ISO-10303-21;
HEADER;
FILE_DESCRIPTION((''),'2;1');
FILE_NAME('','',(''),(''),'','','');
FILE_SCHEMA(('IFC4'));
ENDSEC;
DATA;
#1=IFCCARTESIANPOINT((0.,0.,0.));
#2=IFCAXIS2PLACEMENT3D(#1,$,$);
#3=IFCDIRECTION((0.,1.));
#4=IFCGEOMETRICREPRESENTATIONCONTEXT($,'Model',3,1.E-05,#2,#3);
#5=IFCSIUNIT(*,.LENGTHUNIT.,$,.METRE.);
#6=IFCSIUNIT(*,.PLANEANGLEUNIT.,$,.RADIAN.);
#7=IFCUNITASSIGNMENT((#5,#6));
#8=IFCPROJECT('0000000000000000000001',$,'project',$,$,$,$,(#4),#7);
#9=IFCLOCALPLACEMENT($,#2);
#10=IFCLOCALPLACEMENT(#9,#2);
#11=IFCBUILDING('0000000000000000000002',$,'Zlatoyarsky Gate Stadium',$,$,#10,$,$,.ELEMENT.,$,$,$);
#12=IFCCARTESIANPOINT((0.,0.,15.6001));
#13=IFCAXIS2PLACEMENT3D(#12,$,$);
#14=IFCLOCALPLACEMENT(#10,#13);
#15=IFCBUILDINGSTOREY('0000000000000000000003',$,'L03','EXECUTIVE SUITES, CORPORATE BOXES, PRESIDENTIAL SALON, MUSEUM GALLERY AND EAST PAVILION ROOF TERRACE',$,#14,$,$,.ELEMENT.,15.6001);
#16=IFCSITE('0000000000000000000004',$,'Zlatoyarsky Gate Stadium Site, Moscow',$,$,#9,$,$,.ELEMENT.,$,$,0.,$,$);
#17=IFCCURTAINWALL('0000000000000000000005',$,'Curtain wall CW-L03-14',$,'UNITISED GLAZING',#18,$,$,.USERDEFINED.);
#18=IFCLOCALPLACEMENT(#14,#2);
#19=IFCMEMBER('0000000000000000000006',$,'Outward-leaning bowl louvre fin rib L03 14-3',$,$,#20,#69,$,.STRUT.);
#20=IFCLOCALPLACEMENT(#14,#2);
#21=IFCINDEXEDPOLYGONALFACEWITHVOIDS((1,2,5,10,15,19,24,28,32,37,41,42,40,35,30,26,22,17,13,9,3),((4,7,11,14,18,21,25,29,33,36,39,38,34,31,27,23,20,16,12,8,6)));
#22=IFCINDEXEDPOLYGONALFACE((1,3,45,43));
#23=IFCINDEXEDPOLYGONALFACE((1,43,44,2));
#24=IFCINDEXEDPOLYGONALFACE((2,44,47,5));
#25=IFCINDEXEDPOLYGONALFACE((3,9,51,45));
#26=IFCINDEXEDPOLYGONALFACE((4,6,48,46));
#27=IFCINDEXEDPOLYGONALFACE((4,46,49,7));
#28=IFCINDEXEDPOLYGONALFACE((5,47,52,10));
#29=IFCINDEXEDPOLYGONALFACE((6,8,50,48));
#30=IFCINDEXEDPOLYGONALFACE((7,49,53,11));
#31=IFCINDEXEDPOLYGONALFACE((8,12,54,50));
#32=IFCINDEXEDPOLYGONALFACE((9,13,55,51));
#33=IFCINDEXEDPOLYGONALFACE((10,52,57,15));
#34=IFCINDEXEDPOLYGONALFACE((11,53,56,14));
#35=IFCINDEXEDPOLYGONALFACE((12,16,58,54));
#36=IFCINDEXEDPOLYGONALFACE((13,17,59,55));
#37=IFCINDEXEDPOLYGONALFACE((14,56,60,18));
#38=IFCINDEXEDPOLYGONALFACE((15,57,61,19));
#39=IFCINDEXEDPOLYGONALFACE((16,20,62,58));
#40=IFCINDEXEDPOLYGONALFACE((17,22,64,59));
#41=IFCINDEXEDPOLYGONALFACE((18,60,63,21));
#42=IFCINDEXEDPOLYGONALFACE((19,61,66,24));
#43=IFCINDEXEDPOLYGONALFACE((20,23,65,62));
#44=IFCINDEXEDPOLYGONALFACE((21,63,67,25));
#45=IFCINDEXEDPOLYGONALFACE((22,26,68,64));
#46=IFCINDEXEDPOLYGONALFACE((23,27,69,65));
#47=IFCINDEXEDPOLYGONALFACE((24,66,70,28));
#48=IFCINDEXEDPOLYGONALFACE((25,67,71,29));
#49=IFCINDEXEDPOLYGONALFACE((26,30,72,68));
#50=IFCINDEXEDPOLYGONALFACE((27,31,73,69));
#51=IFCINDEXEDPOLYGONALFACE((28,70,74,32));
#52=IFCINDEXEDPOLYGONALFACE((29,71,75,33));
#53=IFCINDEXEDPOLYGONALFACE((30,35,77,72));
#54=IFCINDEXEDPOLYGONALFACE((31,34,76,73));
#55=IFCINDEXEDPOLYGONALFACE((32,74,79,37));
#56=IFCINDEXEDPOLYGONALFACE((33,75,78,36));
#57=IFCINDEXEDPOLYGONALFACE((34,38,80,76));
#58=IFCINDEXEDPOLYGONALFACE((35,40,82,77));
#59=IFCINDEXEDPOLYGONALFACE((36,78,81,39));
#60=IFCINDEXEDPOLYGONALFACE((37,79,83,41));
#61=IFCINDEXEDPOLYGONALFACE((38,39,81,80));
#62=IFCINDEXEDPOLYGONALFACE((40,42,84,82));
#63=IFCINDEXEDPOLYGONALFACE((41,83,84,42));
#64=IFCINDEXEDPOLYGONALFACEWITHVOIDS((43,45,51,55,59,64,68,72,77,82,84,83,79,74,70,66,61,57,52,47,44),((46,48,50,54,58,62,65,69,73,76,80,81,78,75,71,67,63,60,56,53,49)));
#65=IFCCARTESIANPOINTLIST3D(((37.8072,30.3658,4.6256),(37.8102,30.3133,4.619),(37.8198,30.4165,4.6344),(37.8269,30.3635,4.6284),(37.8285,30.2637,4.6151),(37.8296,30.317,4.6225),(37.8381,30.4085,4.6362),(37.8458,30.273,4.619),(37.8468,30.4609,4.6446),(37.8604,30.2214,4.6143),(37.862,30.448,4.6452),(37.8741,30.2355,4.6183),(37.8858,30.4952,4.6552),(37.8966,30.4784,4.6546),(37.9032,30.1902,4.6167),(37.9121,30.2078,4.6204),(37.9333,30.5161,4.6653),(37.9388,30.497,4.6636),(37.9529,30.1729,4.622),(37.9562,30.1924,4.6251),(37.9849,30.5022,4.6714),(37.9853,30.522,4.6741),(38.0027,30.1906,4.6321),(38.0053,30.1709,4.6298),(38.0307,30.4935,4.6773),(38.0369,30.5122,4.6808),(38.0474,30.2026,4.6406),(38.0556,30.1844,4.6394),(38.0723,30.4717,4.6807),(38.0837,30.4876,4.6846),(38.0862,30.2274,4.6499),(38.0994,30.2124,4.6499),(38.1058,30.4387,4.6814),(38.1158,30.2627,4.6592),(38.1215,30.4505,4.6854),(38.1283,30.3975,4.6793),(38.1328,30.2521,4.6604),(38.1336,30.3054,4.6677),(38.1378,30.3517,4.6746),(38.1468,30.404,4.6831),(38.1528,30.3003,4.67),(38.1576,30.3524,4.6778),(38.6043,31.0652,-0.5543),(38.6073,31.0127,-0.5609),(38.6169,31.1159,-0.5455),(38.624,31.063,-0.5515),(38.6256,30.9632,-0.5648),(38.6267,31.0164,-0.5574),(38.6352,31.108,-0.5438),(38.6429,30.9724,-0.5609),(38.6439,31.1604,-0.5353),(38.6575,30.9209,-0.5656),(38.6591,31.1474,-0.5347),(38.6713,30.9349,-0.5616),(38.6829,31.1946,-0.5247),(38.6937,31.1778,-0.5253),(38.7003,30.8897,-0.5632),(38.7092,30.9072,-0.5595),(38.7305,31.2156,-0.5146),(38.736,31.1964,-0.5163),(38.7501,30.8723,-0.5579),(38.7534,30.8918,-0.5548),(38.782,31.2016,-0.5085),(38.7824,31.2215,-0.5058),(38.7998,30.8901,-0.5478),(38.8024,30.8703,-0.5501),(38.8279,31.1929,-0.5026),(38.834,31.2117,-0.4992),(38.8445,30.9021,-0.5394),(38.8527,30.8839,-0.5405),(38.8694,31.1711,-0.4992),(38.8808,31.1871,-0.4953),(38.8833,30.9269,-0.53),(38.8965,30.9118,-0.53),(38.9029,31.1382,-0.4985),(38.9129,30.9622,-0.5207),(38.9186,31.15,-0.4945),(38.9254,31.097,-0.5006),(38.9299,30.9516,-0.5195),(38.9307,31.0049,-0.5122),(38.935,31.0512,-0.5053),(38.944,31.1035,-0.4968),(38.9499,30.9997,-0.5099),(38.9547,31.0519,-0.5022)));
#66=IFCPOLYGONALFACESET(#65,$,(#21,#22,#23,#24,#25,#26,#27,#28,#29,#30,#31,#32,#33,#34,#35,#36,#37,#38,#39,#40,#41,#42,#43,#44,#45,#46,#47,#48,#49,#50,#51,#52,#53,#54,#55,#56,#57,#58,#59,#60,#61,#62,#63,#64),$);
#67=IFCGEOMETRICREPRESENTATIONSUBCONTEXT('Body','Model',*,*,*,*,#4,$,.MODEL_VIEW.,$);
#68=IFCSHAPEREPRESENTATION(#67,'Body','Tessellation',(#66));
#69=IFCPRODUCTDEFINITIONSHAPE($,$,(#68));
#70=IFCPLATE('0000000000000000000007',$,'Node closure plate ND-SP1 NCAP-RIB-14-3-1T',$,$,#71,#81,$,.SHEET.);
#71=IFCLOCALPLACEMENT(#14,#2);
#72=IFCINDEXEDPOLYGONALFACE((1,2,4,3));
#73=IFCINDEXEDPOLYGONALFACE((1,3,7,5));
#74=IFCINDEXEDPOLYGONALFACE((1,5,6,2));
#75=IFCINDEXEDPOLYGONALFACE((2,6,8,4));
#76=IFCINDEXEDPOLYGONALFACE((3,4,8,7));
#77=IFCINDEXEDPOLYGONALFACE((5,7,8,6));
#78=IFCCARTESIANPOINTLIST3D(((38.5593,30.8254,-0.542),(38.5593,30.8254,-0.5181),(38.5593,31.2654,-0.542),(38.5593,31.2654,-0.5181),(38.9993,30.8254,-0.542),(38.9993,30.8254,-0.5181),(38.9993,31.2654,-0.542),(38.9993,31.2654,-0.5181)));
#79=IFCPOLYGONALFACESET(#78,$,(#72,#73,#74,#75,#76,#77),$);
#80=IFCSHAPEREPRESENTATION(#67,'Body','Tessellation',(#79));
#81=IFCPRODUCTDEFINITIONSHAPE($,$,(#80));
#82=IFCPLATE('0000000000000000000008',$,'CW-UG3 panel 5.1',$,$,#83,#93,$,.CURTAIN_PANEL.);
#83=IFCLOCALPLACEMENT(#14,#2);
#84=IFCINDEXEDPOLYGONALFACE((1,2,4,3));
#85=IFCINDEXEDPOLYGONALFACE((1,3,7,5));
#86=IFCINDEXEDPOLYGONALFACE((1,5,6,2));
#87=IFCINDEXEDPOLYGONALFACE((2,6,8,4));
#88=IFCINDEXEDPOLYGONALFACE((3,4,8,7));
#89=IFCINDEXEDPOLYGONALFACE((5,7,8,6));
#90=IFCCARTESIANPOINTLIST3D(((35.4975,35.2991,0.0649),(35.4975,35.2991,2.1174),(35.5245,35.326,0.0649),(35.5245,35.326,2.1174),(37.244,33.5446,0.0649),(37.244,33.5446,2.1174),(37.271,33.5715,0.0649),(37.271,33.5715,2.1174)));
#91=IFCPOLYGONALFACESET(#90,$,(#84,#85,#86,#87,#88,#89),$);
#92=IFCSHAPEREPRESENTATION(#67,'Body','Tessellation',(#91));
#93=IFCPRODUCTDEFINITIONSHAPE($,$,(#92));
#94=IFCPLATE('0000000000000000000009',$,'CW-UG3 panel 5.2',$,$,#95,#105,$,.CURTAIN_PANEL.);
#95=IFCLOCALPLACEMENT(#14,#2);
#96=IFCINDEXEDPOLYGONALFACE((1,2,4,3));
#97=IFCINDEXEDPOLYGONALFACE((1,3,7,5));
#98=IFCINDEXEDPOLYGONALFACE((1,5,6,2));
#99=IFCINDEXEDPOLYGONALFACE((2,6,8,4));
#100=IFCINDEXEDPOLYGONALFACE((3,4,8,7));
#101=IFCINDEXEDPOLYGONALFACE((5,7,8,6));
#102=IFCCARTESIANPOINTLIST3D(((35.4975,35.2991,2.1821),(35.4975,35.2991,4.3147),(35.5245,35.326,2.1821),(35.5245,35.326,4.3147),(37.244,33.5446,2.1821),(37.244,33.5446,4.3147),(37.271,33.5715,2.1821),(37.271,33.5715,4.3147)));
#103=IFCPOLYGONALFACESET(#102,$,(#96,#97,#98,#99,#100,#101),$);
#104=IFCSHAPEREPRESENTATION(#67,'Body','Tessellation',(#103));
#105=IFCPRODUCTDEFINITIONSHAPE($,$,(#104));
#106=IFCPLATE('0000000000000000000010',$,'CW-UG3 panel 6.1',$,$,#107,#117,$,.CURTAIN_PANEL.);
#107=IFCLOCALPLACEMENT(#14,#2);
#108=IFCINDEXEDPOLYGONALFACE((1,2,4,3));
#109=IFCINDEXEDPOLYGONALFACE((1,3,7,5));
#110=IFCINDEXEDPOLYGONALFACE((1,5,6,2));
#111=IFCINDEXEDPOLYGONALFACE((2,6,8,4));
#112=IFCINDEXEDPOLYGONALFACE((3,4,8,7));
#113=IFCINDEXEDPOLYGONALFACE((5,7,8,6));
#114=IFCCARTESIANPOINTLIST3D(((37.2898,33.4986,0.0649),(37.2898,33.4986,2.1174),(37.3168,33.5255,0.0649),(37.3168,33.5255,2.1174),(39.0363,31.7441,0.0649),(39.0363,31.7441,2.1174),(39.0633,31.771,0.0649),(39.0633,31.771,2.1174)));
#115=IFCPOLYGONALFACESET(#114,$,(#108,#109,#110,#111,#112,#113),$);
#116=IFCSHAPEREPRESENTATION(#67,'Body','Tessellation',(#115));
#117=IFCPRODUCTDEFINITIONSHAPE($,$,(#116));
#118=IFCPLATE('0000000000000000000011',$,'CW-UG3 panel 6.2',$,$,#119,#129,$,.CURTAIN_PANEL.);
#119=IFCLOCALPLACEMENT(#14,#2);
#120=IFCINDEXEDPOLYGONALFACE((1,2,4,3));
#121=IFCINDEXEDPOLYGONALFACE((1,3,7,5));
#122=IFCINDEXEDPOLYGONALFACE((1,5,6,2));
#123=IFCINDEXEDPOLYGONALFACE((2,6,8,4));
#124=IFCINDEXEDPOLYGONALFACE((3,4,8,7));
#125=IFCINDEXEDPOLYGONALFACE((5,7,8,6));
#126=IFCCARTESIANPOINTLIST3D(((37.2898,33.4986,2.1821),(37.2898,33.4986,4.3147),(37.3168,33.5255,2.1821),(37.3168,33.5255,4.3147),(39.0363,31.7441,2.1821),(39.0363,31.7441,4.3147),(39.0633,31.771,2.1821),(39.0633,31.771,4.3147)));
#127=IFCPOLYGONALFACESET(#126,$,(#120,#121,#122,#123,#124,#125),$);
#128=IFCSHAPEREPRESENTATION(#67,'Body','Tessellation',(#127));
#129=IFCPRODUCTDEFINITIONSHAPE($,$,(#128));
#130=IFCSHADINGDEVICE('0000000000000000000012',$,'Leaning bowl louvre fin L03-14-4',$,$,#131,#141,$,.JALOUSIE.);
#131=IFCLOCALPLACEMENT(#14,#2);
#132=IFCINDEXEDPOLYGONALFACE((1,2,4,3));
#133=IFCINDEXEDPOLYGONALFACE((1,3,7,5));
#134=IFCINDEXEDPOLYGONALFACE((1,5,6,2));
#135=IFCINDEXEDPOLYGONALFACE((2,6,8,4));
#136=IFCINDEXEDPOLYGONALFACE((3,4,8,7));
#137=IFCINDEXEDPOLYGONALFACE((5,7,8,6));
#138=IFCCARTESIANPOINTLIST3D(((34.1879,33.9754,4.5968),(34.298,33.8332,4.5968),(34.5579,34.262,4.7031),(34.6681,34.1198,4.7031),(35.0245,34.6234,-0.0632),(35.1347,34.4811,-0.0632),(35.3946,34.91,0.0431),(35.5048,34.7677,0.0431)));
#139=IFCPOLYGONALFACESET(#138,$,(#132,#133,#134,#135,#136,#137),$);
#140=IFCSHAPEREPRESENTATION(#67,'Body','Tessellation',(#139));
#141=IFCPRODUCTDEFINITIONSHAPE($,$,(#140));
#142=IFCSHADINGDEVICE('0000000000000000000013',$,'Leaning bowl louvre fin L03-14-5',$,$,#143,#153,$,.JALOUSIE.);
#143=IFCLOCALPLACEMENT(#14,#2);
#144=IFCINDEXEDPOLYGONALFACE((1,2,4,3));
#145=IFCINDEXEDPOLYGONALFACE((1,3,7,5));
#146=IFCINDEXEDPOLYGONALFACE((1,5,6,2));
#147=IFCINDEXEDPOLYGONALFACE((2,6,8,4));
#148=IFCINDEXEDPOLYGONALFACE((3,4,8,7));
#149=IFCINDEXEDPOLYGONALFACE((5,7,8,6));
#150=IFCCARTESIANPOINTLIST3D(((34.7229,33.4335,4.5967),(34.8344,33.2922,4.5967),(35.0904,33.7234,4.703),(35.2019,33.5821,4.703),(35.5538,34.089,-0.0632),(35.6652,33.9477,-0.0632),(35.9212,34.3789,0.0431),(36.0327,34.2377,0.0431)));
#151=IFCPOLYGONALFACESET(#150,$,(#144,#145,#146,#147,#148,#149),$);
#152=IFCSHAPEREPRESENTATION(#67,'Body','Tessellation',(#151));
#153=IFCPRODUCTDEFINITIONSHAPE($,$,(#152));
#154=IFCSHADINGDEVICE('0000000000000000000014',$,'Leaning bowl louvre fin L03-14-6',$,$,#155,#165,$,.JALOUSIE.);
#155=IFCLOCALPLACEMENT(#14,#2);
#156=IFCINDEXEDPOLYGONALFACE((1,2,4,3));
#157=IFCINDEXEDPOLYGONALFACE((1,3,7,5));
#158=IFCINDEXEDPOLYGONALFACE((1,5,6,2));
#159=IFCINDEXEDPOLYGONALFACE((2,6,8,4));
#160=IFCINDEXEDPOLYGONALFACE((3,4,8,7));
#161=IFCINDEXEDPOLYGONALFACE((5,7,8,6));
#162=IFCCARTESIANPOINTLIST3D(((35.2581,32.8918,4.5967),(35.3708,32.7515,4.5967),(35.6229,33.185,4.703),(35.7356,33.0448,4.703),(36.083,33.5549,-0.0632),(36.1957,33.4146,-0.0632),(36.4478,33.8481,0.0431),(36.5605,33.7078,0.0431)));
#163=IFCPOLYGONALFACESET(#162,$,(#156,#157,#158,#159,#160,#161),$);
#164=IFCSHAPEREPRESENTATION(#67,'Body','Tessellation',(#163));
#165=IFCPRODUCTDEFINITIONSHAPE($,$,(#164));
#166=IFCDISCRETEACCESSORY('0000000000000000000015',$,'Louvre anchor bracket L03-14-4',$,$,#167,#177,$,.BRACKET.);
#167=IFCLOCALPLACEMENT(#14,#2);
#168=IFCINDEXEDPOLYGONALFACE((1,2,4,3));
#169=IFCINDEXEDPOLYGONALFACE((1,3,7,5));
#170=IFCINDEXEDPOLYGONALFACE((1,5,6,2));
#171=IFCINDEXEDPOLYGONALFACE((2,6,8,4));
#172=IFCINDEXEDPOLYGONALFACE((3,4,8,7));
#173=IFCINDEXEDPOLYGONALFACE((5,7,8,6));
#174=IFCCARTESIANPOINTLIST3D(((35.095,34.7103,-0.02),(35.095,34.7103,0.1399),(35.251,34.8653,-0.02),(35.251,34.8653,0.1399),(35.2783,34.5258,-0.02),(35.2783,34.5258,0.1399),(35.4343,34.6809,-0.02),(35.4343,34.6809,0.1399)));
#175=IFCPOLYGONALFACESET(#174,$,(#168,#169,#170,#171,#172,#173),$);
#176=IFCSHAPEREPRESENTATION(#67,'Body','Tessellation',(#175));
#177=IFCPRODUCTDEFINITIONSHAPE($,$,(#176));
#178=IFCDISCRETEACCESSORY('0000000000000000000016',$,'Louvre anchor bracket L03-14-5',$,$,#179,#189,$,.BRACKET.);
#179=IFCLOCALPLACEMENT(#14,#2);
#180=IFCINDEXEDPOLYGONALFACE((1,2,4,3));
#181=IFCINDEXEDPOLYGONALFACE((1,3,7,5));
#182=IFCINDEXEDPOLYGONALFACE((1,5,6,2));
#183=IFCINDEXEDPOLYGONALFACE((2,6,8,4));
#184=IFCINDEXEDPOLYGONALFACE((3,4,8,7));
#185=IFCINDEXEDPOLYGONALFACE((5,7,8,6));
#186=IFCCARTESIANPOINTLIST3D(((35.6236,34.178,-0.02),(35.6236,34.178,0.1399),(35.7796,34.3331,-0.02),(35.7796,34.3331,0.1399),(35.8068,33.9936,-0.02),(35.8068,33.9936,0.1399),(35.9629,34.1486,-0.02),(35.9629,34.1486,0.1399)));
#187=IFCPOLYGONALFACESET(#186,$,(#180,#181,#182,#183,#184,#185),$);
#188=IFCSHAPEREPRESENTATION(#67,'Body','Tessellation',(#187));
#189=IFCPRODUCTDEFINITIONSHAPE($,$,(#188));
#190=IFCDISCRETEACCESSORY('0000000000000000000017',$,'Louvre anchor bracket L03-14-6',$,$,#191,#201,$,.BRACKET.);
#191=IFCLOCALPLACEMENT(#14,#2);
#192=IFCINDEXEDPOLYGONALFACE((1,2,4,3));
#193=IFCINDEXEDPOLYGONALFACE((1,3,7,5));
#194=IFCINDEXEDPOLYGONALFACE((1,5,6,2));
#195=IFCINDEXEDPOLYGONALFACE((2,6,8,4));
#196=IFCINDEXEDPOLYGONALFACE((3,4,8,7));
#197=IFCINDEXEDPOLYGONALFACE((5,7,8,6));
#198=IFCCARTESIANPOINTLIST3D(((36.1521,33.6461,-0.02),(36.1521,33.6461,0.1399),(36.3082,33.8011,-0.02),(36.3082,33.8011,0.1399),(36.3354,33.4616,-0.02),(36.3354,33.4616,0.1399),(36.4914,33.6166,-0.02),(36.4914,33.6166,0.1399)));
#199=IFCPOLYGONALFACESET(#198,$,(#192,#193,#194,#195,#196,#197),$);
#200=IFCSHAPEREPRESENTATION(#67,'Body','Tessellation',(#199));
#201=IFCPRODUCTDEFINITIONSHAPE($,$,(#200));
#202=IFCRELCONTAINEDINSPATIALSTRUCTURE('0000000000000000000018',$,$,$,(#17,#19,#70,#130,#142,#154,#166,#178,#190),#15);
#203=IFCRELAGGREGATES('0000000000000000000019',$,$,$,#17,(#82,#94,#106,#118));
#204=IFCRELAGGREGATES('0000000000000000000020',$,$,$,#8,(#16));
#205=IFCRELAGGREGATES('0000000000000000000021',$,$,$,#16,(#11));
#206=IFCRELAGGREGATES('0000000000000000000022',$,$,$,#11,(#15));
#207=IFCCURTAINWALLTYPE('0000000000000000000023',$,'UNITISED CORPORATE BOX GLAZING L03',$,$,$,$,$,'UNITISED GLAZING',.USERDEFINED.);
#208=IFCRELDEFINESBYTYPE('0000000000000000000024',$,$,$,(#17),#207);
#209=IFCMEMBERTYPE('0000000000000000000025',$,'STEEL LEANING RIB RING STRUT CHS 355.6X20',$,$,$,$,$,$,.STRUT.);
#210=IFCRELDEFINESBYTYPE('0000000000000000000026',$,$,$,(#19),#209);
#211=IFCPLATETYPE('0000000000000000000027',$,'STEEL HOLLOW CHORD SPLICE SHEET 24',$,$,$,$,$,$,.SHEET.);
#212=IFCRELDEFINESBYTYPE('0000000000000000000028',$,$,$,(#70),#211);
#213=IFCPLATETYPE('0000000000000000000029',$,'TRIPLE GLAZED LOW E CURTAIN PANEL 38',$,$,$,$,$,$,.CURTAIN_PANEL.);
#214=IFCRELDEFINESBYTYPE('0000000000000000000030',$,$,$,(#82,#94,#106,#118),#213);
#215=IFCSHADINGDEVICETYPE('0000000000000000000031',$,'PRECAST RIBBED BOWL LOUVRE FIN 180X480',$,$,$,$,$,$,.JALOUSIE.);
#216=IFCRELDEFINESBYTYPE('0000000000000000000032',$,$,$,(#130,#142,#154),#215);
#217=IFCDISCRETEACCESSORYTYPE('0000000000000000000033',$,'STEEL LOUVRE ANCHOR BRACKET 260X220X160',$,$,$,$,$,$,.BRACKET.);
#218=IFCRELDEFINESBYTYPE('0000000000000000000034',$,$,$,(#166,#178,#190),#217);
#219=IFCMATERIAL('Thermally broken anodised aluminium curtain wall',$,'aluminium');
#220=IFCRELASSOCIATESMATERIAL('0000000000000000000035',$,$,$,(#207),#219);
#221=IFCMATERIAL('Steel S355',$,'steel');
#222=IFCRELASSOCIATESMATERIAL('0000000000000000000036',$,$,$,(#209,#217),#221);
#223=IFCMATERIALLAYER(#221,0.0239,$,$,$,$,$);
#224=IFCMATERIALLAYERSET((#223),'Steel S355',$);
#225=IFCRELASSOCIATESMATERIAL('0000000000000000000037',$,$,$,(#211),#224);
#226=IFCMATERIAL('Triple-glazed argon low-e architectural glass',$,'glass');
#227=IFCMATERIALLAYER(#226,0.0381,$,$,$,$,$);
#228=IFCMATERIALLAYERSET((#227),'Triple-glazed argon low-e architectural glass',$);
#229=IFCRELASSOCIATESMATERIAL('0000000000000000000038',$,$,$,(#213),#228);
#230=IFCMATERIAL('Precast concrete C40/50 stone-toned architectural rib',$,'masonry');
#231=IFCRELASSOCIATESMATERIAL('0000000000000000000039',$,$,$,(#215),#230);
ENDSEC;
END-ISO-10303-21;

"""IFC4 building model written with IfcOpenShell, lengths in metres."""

from ifc_helpers import new_model, si_unit, direction, frame, origin, origin_2d, place, context, subcontext, project, spatial, rectangle, hollow_circle, extrude, material, layer, layer_set, material_profile, profile_set, type_object, element, aggregate, save


model = new_model("IFC4")

# Units and contexts
model_context = context("Model", 3, precision=1e-05, world=origin(), true_north=direction((0.0, 1.0)))
body_context = subcontext(model_context, "Body", "Model", "MODEL_VIEW")
ifc_project = project(units=[si_unit("LENGTHUNIT", "METRE"), si_unit("PLANEANGLEUNIT", "RADIAN")], contexts=[model_context])

# Site, building, storey
site_placement = place(None, origin())
site = spatial("IfcSite", under=ifc_project, at=site_placement, Name="Zlatoyarsky Gate Stadium Site, Moscow", CompositionType="ELEMENT", RefElevation=0.0)
building_placement = place(site_placement, origin())
building = spatial("IfcBuilding", under=site, at=building_placement, Name="Zlatoyarsky Gate Stadium", CompositionType="ELEMENT")
storey_placement = place(building_placement, frame((0.0, 0.0, 15.6001)))
storey = spatial("IfcBuildingStorey", under=building, at=storey_placement, Name="L03", Description="EXECUTIVE SUITES, CORPORATE BOXES, PRESIDENTIAL SALON, MUSEUM GALLERY AND EAST PAVILION ROOF TERRACE", CompositionType="ELEMENT", Elevation=15.6001)

# Curtain wall
ifc_material_1 = material(Name="Thermally broken anodised aluminium curtain wall", Category="aluminium")
curtain_wall_type = type_object("IfcCurtainWallType", Name="UNITISED CORPORATE BOX GLAZING L03", ElementType="UNITISED GLAZING", PredefinedType="USERDEFINED", material=ifc_material_1)
curtain_wall_placement = place(storey_placement, origin())
curtain_wall = element("IfcCurtainWall", 1, at=curtain_wall_placement, inside=storey, type_object=curtain_wall_type, Name="Curtain wall CW-L03-14", ObjectType="UNITISED GLAZING", PredefinedType="USERDEFINED")

# Member
ifc_material_2 = material(Name="Steel S355", Category="steel")
ifc_material_profile_1 = material_profile(ifc_material_2, hollow_circle(Radius=0.1777, WallThickness=0.02, at=origin_2d()), Name="CHS 355.6X20")
ifc_profile_set_1 = profile_set([ifc_material_profile_1], Name="Steel S355")
member_type_1 = type_object("IfcMemberType", Name="STEEL LEANING RIB RING STRUT CHS 355.6X20", PredefinedType="STRUT", material=ifc_profile_set_1)
member_1_placement = place(storey_placement, frame((38.7793, 31.0454, -0.53), z_axis=(-0.150759, -0.132289, 0.979679), x_axis=(0.659563, -0.751649, 0.0)))
element("IfcMember", 2, at=member_1_placement, inside=storey, type_object=member_type_1, Name="Outward-leaning bowl louvre fin rib L03 14-3", PredefinedType="STRUT", context=body_context, shape_type="SweptSolid", body=[
    extrude(hollow_circle(Radius=0.1777, WallThickness=0.02, at=origin_2d()), origin(), (0.0, 0.0, 1.0), 5.2874),
])

# Plates
ifc_layer_1 = layer(ifc_material_2, 0.0239)
ifc_layer_set_1 = layer_set([ifc_layer_1], Name="Steel S355")
plate_type_1 = type_object("IfcPlateType", Name="STEEL HOLLOW CHORD SPLICE SHEET 24", PredefinedType="SHEET", material=ifc_layer_set_1)
plate_1_placement = place(storey_placement, frame((38.7793, 31.0454, -0.542), z_axis=(0.0, 0.0, 1.0), x_axis=(1.0, 0.0, 0.0)))
element("IfcPlate", 3, at=plate_1_placement, inside=storey, type_object=plate_type_1, Name="Node closure plate ND-SP1 NCAP-RIB-14-3-1T", PredefinedType="SHEET", context=body_context, shape_type="SweptSolid", body=[
    extrude(rectangle(XDim=0.4399, YDim=0.4399, at=origin_2d()), origin(), (0.0, 0.0, 1.0), 0.0239),
])
ifc_material_3 = material(Name="Triple-glazed argon low-e architectural glass", Category="glass")
ifc_layer_2 = layer(ifc_material_3, 0.0381)
ifc_layer_set_2 = layer_set([ifc_layer_2], Name="Triple-glazed argon low-e architectural glass")
plate_type_2 = type_object("IfcPlateType", Name="TRIPLE GLAZED LOW E CURTAIN PANEL 38", PredefinedType="CURTAIN_PANEL", material=ifc_layer_set_2)
plate_2_placement = place(storey_placement, frame((36.3843, 34.4353, 0.0649), z_axis=(0.0, 0.0, 1.0), x_axis=(0.705489, -0.708721, 0.0)))
plate_2 = element("IfcPlate", 4, at=plate_2_placement, type_object=plate_type_2, Name="CW-UG3 panel 5.1", PredefinedType="CURTAIN_PANEL", context=body_context, shape_type="SweptSolid", body=[
    extrude(rectangle(XDim=2.4756, YDim=0.0381, at=origin_2d()), origin(), (0.0, 0.0, 1.0), 2.0525),
])
plate_3_placement = place(storey_placement, frame((36.3843, 34.4353, 2.1821), z_axis=(0.0, 0.0, 1.0), x_axis=(0.705489, -0.708721, 0.0)))
plate_3 = element("IfcPlate", 5, at=plate_3_placement, type_object=plate_type_2, Name="CW-UG3 panel 5.2", PredefinedType="CURTAIN_PANEL", context=body_context, shape_type="SweptSolid", body=[
    extrude(rectangle(XDim=2.4756, YDim=0.0381, at=origin_2d()), origin(), (0.0, 0.0, 1.0), 2.1326),
])
plate_4_placement = place(storey_placement, frame((38.1765, 32.6348, 0.0649), z_axis=(0.0, 0.0, 1.0), x_axis=(0.705489, -0.708721, 0.0)))
plate_4 = element("IfcPlate", 6, at=plate_4_placement, type_object=plate_type_2, Name="CW-UG3 panel 6.1", PredefinedType="CURTAIN_PANEL", context=body_context, shape_type="SweptSolid", body=[
    extrude(rectangle(XDim=2.4756, YDim=0.0381, at=origin_2d()), origin(), (0.0, 0.0, 1.0), 2.0525),
])
plate_5_placement = place(storey_placement, frame((38.1765, 32.6348, 2.1821), z_axis=(0.0, 0.0, 1.0), x_axis=(0.705489, -0.708721, 0.0)))
plate_5 = element("IfcPlate", 7, at=plate_5_placement, type_object=plate_type_2, Name="CW-UG3 panel 6.2", PredefinedType="CURTAIN_PANEL", context=body_context, shape_type="SweptSolid", body=[
    extrude(rectangle(XDim=2.4756, YDim=0.0381, at=origin_2d()), origin(), (0.0, 0.0, 1.0), 2.1326),
])
aggregate(curtain_wall, [plate_2, plate_3, plate_4, plate_5])

# Shading devices
ifc_material_4 = material(Name="Precast concrete C40/50 stone-toned architectural rib", Category="masonry")
ifc_material_profile_2 = material_profile(ifc_material_4, rectangle(XDim=0.1799, YDim=0.48, at=origin_2d()), Name="RIB 180X480")
ifc_profile_set_2 = profile_set([ifc_material_profile_2], Name="Precast concrete C40/50 stone-toned architectural rib")
shading_device_type = type_object("IfcShadingDeviceType", Name="PRECAST RIBBED BOWL LOUVRE FIN 180X480", PredefinedType="JALOUSIE", material=ifc_profile_set_2)
for number, where, z_axis, x_axis, name in (
    (8, (35.2646, 34.6956, -0.01), (-0.175088, -0.135595, 0.975171), (0.612294, -0.79063, 0.0), "Leaning bowl louvre fin L03-14-4"),
    (9, (35.7932, 34.1633, -0.01), (-0.173862, -0.137179, 0.975169), (0.61942, -0.78506, 0.0), "Leaning bowl louvre fin L03-14-5"),
    (10, (36.3218, 33.6313, -0.01), (-0.172635, -0.138762, 0.975163), (0.626494, -0.779426, 0.0), "Leaning bowl louvre fin L03-14-6"),
):
    element("IfcShadingDevice", number, at=place(storey_placement, frame(where, z_axis=z_axis, x_axis=x_axis)), inside=storey, type_object=shading_device_type, Name=name, PredefinedType="JALOUSIE", context=body_context, shape_type="SweptSolid", body=[
        extrude(rectangle(XDim=0.1799, YDim=0.48, at=origin_2d()), origin(), (0.0, 0.0, 1.0), 4.7786),
    ])

# Discrete accessories
discrete_accessory_type = type_object("IfcDiscreteAccessoryType", Name="STEEL LOUVRE ANCHOR BRACKET 260X220X160", PredefinedType="BRACKET", material=ifc_material_2)
for number, where, z_axis, x_axis, name in (
    (11, (35.2646, 34.6956, -0.02), (0.0, 0.0, 1.0), (0.704815, -0.709391, 0.0), "Louvre anchor bracket L03-14-4"),
    (12, (35.7932, 34.1633, -0.02), (0.0, 0.0, 1.0), (0.704815, -0.709391, 0.0), "Louvre anchor bracket L03-14-5"),
    (13, (36.3218, 33.6313, -0.02), (0.0, 0.0, 1.0), (0.704815, -0.709391, 0.0), "Louvre anchor bracket L03-14-6"),
):
    element("IfcDiscreteAccessory", number, at=place(storey_placement, frame(where, z_axis=z_axis, x_axis=x_axis)), inside=storey, type_object=discrete_accessory_type, Name=name, PredefinedType="BRACKET", context=body_context, shape_type="SweptSolid", body=[
        extrude(rectangle(XDim=0.26, YDim=0.22, at=origin_2d()), origin(), (0.0, 0.0, 1.0), 0.1599),
    ])

save(model, "model.ifc")
